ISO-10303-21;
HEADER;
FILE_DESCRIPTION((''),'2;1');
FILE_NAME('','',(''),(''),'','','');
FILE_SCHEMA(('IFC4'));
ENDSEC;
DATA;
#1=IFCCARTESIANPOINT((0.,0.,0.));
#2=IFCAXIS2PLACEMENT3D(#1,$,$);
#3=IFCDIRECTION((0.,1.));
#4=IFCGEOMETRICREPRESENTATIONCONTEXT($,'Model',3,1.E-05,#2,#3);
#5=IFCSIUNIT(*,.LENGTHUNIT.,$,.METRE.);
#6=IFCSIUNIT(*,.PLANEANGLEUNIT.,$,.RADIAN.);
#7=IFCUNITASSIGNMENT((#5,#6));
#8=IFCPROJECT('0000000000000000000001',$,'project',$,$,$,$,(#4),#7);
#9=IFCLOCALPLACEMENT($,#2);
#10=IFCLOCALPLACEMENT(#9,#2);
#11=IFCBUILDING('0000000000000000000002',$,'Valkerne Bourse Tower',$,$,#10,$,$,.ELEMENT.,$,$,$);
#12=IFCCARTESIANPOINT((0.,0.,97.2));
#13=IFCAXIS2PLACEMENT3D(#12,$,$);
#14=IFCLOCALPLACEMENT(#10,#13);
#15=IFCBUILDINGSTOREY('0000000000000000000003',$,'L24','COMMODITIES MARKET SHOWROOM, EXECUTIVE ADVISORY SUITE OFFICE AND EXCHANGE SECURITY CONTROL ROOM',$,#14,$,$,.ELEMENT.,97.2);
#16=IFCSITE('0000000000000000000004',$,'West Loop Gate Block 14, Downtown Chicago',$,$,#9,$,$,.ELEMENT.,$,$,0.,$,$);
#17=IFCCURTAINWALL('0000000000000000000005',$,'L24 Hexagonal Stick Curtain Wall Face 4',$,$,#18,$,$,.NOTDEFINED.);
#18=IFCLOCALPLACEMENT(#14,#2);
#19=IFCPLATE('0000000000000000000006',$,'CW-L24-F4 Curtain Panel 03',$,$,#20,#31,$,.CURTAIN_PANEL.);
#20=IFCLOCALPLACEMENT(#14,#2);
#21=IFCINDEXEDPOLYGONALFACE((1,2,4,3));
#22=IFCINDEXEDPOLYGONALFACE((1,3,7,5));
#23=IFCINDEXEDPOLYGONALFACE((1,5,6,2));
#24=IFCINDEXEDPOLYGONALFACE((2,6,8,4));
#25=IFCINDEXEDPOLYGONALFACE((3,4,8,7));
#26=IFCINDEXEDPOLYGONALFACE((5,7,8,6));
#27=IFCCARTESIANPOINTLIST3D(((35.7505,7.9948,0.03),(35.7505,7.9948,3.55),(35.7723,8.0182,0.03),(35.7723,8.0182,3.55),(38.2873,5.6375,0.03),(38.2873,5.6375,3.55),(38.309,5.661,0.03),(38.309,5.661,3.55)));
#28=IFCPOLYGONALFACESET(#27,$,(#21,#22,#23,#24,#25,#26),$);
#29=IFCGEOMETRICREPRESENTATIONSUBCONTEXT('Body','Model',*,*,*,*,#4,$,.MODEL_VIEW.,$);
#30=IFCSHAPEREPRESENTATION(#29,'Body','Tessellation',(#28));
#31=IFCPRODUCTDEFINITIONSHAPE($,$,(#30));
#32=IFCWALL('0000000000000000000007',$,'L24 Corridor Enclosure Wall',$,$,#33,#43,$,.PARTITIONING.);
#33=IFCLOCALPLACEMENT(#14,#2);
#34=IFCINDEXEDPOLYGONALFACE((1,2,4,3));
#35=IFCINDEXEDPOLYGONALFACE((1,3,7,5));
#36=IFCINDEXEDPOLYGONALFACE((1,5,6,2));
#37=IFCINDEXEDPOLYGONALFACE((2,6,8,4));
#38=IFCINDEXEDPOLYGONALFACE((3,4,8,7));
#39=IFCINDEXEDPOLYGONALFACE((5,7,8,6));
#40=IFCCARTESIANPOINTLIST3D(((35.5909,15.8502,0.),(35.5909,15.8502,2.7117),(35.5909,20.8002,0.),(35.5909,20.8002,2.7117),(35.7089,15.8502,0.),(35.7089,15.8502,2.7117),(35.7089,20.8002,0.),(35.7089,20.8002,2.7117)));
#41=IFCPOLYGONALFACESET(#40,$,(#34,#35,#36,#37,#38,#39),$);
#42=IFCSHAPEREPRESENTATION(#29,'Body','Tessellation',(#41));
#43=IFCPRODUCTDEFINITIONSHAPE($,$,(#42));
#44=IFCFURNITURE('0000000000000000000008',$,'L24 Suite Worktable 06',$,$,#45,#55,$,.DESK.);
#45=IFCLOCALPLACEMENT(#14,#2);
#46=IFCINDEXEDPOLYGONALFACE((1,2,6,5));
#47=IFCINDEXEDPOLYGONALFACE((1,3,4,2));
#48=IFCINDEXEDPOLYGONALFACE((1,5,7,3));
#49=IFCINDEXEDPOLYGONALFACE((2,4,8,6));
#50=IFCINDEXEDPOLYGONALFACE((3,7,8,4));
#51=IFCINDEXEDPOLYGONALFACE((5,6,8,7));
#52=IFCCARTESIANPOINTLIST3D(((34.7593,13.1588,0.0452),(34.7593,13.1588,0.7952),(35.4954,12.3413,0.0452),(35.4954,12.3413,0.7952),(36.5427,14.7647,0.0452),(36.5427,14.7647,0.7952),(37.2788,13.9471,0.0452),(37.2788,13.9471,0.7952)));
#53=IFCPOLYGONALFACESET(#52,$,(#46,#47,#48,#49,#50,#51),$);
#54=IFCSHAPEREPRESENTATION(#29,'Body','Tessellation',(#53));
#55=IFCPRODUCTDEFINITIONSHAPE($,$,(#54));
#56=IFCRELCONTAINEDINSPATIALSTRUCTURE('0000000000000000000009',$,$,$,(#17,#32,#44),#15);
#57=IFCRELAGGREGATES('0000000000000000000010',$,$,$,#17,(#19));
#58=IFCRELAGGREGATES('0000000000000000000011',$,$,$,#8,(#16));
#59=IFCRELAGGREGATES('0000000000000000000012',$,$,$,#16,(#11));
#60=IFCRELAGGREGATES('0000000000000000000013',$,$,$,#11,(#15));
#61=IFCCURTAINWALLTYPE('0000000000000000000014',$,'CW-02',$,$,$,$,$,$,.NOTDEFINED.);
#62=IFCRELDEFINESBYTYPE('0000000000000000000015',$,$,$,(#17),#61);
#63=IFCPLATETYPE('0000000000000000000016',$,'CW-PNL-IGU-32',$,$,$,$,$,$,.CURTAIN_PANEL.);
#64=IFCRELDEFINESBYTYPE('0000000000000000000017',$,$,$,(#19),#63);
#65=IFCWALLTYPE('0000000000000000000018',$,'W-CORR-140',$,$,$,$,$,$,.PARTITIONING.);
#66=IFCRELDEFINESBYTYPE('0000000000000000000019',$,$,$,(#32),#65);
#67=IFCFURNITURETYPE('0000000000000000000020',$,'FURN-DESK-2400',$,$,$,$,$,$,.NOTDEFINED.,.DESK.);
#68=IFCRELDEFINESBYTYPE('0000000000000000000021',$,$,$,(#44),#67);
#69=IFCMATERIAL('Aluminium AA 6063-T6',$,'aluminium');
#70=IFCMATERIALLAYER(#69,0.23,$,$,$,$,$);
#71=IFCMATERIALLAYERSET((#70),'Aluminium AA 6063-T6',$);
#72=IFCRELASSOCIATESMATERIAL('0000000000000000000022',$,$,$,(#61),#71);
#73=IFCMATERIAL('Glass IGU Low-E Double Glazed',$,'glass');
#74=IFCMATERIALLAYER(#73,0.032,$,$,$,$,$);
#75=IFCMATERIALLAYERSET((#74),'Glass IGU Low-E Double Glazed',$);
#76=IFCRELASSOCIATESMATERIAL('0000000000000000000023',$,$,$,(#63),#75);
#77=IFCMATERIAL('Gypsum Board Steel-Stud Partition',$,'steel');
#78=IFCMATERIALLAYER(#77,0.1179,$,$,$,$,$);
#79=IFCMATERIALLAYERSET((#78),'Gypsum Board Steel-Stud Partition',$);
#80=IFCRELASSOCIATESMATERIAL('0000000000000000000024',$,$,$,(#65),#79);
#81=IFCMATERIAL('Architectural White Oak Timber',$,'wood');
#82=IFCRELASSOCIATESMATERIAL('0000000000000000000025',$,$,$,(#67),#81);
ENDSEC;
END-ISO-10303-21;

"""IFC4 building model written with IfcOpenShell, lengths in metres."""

from ifc_helpers import new_model, si_unit, direction, frame, frame_2d, origin, origin_2d, place, context, subcontext, project, spatial, rectangle, extrude, material, layer, layer_set, type_object, element, aggregate, save


model = new_model("IFC4")

# Units and contexts
model_context = context("Model", 3, precision=1e-05, world=origin(), true_north=direction((0.0, 1.0)))
body_context = subcontext(model_context, "Body", "Model", "MODEL_VIEW")
ifc_project = project(units=[si_unit("LENGTHUNIT", "METRE"), si_unit("PLANEANGLEUNIT", "RADIAN")], contexts=[model_context])

# Site, building, storey
site_placement = place(None, origin())
site = spatial("IfcSite", under=ifc_project, at=site_placement, Name="West Loop Gate Block 14, Downtown Chicago", CompositionType="ELEMENT", RefElevation=0.0)
building_placement = place(site_placement, origin())
building = spatial("IfcBuilding", under=site, at=building_placement, Name="Valkerne Bourse Tower", CompositionType="ELEMENT")
storey_placement = place(building_placement, frame((0.0, 0.0, 97.2)))
storey = spatial("IfcBuildingStorey", under=building, at=storey_placement, Name="L24", Description="COMMODITIES MARKET SHOWROOM, EXECUTIVE ADVISORY SUITE OFFICE AND EXCHANGE SECURITY CONTROL ROOM", CompositionType="ELEMENT", Elevation=97.2)

# Curtain wall
ifc_material_1 = material(Name="Aluminium AA 6063-T6", Category="aluminium")
ifc_layer_1 = layer(ifc_material_1, 0.23)
ifc_layer_set_1 = layer_set([ifc_layer_1], Name="Aluminium AA 6063-T6")
curtain_wall_type = type_object("IfcCurtainWallType", Name="CW-02", PredefinedType="NOTDEFINED", material=ifc_layer_set_1)
curtain_wall_placement = place(storey_placement, origin())
curtain_wall = element("IfcCurtainWall", 1, at=curtain_wall_placement, inside=storey, type_object=curtain_wall_type, Name="L24 Hexagonal Stick Curtain Wall Face 4", PredefinedType="NOTDEFINED")

# Plate
ifc_material_2 = material(Name="Glass IGU Low-E Double Glazed", Category="glass")
ifc_layer_2 = layer(ifc_material_2, 0.032)
ifc_layer_set_2 = layer_set([ifc_layer_2], Name="Glass IGU Low-E Double Glazed")
plate_type = type_object("IfcPlateType", Name="CW-PNL-IGU-32", PredefinedType="CURTAIN_PANEL", material=ifc_layer_set_2)
plate_1_placement = place(storey_placement, frame((37.0298, 6.8279, 0.03), z_axis=(0.0, 0.0, 1.0), x_axis=(0.732539, -0.680725, 0.0)))
plate_1 = element("IfcPlate", 2, at=plate_1_placement, type_object=plate_type, Name="CW-L24-F4 Curtain Panel 03", PredefinedType="CURTAIN_PANEL", context=body_context, shape_type="SweptSolid", body=[
    extrude(rectangle(XDim=3.4629, YDim=0.032, at=origin_2d()), origin(), (0.0, 0.0, 1.0), 3.52),
])
aggregate(curtain_wall, [plate_1])

# Wall
ifc_material_3 = material(Name="Gypsum Board Steel-Stud Partition", Category="steel")
ifc_layer_3 = layer(ifc_material_3, 0.1179)
ifc_layer_set_3 = layer_set([ifc_layer_3], Name="Gypsum Board Steel-Stud Partition")
wall_type = type_object("IfcWallType", Name="W-CORR-140", PredefinedType="PARTITIONING", material=ifc_layer_set_3)
wall_placement = place(storey_placement, frame((35.6499, 15.8501, 0.0), z_axis=(0.0, 0.0, 1.0), x_axis=(0.0, 1.0, 0.0)))
element("IfcWall", 3, at=wall_placement, inside=storey, type_object=wall_type, Name="L24 Corridor Enclosure Wall", PredefinedType="PARTITIONING", context=body_context, shape_type="SweptSolid", body=[
    extrude(rectangle(XDim=4.95, YDim=0.1179, at=frame_2d((2.4751, 0.0))), origin(), (0.0, 0.0, 1.0), 2.7117),
])

# Furniture
ifc_material_4 = material(Name="Architectural White Oak Timber", Category="wood")
furniture_type = type_object("IfcFurnitureType", Name="FURN-DESK-2400", AssemblyPlace="NOTDEFINED", PredefinedType="DESK", material=ifc_material_4)
furniture_placement = place(storey_placement, frame((36.019, 13.553, 0.0452), z_axis=(0.0, 0.0, 1.0), x_axis=(0.743145, 0.669131, 0.0)))
element("IfcFurniture", 4, at=furniture_placement, inside=storey, type_object=furniture_type, Name="L24 Suite Worktable 06", PredefinedType="DESK", context=body_context, shape_type="SweptSolid", body=[
    extrude(rectangle(XDim=2.3999, YDim=1.1001, at=origin_2d()), origin(), (0.0, 0.0, 1.0), 0.75),
])

save(model, "model.ifc")
